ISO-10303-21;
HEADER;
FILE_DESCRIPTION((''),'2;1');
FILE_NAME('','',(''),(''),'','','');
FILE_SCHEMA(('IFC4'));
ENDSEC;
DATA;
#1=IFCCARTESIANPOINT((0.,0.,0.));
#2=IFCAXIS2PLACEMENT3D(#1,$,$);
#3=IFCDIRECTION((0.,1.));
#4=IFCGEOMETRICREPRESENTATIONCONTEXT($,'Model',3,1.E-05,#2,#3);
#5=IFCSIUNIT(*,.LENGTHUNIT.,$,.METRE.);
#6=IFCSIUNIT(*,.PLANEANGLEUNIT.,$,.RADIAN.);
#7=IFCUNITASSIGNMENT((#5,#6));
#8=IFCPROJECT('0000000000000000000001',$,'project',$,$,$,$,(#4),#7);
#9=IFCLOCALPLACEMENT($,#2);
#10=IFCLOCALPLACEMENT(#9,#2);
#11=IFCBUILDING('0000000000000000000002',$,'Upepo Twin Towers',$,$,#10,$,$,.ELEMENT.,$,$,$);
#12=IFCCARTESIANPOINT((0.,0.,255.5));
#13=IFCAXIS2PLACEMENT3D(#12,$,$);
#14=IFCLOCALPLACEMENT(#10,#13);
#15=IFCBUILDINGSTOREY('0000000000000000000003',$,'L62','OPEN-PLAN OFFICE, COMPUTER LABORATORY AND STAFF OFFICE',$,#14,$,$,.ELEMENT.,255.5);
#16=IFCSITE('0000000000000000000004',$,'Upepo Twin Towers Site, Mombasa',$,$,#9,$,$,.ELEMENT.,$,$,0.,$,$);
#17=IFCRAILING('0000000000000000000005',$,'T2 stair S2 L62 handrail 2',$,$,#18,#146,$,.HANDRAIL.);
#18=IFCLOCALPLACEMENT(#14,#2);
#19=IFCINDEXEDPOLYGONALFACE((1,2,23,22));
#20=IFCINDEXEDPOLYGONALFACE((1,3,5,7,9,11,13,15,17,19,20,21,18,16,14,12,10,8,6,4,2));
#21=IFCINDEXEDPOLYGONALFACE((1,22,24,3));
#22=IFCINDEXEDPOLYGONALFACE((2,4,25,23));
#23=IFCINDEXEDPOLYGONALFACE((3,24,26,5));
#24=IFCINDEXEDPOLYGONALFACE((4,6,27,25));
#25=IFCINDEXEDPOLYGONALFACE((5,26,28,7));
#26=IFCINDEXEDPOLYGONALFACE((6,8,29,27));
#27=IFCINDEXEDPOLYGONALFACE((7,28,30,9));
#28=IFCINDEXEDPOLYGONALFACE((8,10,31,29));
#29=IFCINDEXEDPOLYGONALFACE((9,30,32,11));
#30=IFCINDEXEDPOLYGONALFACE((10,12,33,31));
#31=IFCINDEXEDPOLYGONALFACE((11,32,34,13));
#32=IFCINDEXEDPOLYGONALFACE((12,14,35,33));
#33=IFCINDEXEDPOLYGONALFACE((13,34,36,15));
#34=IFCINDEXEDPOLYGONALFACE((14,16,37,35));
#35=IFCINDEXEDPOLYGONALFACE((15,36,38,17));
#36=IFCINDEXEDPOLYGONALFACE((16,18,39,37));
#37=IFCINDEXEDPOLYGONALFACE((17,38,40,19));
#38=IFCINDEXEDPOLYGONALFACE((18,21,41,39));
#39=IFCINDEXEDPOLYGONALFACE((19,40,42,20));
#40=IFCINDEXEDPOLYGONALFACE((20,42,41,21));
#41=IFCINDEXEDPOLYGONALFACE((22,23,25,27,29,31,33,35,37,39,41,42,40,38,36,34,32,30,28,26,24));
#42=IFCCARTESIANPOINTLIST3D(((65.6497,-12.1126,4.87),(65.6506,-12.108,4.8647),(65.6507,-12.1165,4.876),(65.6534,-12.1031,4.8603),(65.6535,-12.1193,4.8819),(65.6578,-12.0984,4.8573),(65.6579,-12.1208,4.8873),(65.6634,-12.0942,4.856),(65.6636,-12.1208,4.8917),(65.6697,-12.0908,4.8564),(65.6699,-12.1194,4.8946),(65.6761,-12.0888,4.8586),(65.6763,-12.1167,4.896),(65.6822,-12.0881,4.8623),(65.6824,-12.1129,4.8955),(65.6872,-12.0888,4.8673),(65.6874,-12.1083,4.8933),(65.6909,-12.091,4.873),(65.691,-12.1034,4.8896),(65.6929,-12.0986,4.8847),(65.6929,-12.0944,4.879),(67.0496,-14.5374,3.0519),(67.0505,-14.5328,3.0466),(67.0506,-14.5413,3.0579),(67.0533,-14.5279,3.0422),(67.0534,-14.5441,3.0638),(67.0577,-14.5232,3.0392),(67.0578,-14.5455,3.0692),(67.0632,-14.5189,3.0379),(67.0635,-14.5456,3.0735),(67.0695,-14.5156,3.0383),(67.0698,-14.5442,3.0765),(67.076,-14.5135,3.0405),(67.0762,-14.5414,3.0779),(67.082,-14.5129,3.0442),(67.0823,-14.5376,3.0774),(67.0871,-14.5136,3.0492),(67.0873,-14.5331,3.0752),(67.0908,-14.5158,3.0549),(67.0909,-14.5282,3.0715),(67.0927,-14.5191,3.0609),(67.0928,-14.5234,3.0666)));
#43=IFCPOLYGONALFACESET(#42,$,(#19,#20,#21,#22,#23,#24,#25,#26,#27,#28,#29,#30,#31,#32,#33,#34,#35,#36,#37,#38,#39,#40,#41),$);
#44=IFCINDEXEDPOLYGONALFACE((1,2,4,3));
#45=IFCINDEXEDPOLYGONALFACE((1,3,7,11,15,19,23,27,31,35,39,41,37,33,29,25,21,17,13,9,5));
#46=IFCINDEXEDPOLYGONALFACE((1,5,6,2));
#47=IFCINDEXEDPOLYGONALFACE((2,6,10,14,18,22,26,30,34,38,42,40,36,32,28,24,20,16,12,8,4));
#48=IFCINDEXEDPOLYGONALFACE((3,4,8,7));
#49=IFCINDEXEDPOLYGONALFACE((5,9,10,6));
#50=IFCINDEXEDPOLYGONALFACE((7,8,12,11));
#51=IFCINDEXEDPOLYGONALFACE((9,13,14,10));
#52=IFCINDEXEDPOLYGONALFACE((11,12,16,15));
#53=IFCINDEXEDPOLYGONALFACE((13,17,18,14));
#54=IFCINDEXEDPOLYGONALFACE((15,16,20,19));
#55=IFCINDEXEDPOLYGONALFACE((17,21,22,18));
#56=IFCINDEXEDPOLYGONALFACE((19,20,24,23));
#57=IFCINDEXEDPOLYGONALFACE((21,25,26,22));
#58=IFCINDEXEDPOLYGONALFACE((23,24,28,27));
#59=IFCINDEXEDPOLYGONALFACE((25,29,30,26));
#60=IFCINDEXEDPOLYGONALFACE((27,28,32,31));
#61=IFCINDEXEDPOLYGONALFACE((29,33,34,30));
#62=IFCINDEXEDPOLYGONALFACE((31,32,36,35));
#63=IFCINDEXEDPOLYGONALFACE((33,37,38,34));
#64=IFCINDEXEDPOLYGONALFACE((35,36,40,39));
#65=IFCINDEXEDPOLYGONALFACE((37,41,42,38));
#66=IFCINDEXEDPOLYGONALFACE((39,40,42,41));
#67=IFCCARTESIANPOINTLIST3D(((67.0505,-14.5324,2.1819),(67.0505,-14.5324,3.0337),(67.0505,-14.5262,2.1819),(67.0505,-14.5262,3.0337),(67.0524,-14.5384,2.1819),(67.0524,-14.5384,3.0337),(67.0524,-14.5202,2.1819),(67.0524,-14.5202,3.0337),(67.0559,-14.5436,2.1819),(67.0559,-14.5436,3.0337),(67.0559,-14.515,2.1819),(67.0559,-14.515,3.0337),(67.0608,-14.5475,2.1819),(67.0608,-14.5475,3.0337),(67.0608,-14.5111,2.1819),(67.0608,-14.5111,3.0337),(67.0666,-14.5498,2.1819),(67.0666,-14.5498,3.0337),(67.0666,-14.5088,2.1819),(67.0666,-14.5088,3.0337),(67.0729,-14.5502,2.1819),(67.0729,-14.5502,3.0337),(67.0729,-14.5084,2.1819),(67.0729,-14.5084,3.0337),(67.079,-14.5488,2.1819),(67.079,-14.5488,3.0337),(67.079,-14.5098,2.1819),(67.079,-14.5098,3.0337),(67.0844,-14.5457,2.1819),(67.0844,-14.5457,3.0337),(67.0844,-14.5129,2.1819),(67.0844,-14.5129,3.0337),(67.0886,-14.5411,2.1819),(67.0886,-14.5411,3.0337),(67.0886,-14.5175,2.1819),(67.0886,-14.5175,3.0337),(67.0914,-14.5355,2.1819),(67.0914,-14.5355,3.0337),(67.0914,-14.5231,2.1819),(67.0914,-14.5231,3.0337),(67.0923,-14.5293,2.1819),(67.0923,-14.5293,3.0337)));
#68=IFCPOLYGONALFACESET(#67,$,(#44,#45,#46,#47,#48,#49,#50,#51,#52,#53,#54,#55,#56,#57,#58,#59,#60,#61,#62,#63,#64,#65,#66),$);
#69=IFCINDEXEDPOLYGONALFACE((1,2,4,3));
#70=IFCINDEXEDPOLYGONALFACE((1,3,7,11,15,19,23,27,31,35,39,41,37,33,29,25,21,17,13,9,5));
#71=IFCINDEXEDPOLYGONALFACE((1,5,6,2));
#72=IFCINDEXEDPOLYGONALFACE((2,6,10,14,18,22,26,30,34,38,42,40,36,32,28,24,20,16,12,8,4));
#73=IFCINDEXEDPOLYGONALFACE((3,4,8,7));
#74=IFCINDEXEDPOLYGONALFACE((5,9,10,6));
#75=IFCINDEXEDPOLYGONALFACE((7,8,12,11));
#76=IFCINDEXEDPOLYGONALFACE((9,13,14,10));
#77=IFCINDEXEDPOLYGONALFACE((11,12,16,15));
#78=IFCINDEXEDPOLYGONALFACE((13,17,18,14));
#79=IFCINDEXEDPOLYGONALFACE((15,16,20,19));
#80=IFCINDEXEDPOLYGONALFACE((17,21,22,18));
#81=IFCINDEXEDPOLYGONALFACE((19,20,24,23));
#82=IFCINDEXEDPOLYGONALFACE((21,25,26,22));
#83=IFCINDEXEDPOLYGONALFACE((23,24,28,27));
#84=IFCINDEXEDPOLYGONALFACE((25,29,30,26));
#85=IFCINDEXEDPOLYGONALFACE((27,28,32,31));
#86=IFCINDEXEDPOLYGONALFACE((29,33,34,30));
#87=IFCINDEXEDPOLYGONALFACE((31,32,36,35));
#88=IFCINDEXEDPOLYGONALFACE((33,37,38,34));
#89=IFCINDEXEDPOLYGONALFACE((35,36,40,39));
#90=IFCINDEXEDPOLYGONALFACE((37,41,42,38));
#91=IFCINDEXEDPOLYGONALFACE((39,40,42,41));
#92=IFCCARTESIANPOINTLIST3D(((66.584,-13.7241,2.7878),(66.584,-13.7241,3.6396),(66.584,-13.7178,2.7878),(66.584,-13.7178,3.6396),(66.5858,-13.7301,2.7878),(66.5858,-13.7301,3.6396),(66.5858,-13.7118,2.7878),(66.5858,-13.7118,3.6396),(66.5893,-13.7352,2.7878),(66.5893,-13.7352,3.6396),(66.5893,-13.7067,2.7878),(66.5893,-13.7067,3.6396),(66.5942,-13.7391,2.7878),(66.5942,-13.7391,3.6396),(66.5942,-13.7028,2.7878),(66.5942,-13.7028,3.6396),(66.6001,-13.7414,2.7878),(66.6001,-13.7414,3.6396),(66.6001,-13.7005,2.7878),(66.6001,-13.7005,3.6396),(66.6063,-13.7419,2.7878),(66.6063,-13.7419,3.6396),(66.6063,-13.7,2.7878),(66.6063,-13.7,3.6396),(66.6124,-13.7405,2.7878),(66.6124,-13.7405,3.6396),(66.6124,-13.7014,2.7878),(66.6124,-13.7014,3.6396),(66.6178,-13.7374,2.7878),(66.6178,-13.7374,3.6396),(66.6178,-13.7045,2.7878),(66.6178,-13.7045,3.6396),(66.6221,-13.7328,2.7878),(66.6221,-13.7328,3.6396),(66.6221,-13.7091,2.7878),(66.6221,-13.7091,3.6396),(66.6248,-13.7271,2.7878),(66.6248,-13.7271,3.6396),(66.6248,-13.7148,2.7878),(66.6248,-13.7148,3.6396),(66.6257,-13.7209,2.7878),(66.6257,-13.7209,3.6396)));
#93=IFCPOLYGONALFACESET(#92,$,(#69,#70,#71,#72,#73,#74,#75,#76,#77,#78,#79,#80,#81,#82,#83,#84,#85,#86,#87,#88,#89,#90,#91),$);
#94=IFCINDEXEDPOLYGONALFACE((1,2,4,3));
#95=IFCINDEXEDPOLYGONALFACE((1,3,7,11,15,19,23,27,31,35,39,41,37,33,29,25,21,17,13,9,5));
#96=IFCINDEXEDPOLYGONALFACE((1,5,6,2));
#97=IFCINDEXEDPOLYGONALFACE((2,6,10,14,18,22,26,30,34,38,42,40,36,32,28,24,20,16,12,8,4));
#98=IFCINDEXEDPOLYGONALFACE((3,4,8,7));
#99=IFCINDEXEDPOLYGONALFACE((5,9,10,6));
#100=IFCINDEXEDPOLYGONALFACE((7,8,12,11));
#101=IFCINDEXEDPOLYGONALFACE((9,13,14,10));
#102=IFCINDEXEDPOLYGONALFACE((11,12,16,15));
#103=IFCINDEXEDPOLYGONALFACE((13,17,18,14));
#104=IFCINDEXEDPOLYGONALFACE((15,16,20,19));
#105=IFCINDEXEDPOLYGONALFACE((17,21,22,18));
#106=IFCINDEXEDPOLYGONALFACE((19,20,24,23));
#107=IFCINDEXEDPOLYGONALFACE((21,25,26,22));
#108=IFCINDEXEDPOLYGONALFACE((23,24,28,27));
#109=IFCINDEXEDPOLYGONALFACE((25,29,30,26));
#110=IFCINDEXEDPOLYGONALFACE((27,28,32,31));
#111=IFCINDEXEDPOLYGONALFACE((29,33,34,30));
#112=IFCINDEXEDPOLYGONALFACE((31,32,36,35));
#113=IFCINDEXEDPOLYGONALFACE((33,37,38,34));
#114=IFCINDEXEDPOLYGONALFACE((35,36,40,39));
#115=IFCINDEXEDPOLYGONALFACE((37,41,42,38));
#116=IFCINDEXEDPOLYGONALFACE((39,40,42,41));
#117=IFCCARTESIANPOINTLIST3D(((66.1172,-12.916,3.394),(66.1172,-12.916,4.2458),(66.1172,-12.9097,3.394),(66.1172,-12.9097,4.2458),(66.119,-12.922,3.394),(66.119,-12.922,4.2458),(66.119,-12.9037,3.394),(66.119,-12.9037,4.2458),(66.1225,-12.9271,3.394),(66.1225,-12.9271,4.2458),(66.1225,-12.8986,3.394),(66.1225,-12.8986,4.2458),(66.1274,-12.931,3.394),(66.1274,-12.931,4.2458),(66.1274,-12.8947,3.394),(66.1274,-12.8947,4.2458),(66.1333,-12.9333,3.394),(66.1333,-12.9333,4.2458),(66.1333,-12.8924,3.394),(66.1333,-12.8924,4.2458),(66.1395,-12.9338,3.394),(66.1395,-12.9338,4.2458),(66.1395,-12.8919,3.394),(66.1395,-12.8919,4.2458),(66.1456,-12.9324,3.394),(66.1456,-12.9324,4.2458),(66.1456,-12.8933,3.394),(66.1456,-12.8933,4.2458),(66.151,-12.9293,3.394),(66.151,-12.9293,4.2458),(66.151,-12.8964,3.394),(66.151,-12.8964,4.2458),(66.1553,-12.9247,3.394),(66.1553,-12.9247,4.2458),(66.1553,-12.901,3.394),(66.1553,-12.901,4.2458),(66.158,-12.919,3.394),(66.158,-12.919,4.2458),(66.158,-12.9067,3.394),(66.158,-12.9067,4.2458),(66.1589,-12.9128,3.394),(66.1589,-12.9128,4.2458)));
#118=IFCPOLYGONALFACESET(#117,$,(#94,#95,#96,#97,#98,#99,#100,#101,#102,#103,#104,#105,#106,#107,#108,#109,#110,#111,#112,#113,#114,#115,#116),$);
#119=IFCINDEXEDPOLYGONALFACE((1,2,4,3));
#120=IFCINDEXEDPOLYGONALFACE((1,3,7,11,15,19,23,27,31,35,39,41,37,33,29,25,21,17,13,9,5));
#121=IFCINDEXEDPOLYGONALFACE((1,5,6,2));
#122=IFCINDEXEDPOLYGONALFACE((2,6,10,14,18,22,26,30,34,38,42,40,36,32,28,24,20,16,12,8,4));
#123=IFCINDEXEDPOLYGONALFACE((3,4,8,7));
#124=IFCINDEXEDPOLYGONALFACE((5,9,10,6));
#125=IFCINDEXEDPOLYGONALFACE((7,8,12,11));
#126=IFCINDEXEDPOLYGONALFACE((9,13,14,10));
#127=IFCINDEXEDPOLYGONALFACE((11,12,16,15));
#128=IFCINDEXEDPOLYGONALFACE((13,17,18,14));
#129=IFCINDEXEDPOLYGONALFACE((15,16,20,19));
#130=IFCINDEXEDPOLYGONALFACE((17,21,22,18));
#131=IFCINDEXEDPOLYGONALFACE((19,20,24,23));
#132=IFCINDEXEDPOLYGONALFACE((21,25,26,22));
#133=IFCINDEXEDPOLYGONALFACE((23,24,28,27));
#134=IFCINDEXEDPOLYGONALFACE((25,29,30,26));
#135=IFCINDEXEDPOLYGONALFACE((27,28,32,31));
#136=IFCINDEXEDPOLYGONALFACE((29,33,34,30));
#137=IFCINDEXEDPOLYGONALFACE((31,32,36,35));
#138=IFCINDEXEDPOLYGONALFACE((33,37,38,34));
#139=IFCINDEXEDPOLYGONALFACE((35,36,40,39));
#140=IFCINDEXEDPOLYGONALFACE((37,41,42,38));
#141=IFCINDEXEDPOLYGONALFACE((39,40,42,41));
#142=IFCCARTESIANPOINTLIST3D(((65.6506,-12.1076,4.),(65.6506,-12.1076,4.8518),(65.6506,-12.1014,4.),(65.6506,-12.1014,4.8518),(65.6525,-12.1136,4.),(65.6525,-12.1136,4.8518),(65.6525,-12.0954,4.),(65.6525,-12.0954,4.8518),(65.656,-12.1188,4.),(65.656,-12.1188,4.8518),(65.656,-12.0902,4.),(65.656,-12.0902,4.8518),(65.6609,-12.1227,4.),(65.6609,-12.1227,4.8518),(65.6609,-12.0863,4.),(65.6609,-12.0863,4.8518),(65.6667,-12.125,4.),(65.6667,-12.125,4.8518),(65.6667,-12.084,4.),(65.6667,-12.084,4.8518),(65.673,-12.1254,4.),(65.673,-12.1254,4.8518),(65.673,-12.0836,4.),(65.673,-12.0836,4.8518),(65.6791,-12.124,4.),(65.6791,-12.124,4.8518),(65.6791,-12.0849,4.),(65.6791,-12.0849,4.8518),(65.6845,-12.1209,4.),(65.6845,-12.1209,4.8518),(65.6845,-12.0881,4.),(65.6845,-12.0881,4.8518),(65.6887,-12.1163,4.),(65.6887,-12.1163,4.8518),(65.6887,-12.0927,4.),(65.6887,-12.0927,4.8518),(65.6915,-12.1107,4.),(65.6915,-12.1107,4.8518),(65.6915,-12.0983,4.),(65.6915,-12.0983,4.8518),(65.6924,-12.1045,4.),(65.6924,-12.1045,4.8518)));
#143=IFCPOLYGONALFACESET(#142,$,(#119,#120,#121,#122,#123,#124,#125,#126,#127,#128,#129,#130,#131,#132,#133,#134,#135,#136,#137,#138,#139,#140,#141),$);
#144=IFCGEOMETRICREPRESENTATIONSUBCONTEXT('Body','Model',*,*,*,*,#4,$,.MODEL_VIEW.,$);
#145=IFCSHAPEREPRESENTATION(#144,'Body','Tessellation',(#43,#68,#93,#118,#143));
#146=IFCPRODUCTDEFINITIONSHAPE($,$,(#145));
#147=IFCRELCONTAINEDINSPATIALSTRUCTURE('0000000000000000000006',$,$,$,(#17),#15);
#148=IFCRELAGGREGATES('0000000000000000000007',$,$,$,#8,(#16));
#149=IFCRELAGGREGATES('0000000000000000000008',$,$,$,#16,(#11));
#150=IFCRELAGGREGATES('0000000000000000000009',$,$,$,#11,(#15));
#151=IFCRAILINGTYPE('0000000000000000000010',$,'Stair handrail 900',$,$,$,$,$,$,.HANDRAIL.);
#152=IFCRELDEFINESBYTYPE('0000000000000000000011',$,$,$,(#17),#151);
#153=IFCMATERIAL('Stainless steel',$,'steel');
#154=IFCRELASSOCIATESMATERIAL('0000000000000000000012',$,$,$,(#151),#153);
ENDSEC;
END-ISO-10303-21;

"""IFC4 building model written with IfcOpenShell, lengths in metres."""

from ifc_helpers import new_model, si_unit, direction, frame, origin, origin_2d, place, context, subcontext, project, spatial, circle, extrude, material, type_object, element, save


model = new_model("IFC4")

# Units and contexts
model_context = context("Model", 3, precision=1e-05, world=origin(), true_north=direction((0.0, 1.0)))
body_context = subcontext(model_context, "Body", "Model", "MODEL_VIEW")
ifc_project = project(units=[si_unit("LENGTHUNIT", "METRE"), si_unit("PLANEANGLEUNIT", "RADIAN")], contexts=[model_context])

# Site, building, storey
site_placement = place(None, origin())
site = spatial("IfcSite", under=ifc_project, at=site_placement, Name="Upepo Twin Towers Site, Mombasa", CompositionType="ELEMENT", RefElevation=0.0)
building_placement = place(site_placement, origin())
building = spatial("IfcBuilding", under=site, at=building_placement, Name="Upepo Twin Towers", CompositionType="ELEMENT")
storey_placement = place(building_placement, frame((0.0, 0.0, 255.5)))
storey = spatial("IfcBuildingStorey", under=building, at=storey_placement, Name="L62", Description="OPEN-PLAN OFFICE, COMPUTER LABORATORY AND STAFF OFFICE", CompositionType="ELEMENT", Elevation=255.5)

# Railing
ifc_material_1 = material(Name="Stainless steel", Category="steel")
railing_type = type_object("IfcRailingType", Name="Stair handrail 900", PredefinedType="HANDRAIL", material=ifc_material_1)
railing_1_placement = place(storey_placement, frame((67.0713, -14.5293, 2.1819)))
element("IfcRailing", 1, at=railing_1_placement, inside=storey, type_object=railing_type, Name="T2 stair S2 L62 handrail 2", PredefinedType="HANDRAIL", context=body_context, shape_type="SweptSolid", body=[
    extrude(circle(Radius=0.0239, at=origin_2d()), frame((0.0, 0.0, 0.876), z_axis=(-0.419333, 0.726336, 0.544606), x_axis=(-0.866035, -0.499984, 0.0)), (0.0, 0.0, 1.0), 3.3384),
    extrude(circle(Radius=0.021, at=origin_2d()), origin(), (0.0, 0.0, 1.0), 0.8518),
    extrude(circle(Radius=0.021, at=origin_2d()), frame((-0.4666, 0.8083, 0.606)), (0.0, 0.0, 1.0), 0.8518),
    extrude(circle(Radius=0.021, at=origin_2d()), frame((-0.9333, 1.6165, 1.2122)), (0.0, 0.0, 1.0), 0.8518),
    extrude(circle(Radius=0.021, at=origin_2d()), frame((-1.3999, 2.4248, 1.8181)), (0.0, 0.0, 1.0), 0.8518),
])

save(model, "model.ifc")
